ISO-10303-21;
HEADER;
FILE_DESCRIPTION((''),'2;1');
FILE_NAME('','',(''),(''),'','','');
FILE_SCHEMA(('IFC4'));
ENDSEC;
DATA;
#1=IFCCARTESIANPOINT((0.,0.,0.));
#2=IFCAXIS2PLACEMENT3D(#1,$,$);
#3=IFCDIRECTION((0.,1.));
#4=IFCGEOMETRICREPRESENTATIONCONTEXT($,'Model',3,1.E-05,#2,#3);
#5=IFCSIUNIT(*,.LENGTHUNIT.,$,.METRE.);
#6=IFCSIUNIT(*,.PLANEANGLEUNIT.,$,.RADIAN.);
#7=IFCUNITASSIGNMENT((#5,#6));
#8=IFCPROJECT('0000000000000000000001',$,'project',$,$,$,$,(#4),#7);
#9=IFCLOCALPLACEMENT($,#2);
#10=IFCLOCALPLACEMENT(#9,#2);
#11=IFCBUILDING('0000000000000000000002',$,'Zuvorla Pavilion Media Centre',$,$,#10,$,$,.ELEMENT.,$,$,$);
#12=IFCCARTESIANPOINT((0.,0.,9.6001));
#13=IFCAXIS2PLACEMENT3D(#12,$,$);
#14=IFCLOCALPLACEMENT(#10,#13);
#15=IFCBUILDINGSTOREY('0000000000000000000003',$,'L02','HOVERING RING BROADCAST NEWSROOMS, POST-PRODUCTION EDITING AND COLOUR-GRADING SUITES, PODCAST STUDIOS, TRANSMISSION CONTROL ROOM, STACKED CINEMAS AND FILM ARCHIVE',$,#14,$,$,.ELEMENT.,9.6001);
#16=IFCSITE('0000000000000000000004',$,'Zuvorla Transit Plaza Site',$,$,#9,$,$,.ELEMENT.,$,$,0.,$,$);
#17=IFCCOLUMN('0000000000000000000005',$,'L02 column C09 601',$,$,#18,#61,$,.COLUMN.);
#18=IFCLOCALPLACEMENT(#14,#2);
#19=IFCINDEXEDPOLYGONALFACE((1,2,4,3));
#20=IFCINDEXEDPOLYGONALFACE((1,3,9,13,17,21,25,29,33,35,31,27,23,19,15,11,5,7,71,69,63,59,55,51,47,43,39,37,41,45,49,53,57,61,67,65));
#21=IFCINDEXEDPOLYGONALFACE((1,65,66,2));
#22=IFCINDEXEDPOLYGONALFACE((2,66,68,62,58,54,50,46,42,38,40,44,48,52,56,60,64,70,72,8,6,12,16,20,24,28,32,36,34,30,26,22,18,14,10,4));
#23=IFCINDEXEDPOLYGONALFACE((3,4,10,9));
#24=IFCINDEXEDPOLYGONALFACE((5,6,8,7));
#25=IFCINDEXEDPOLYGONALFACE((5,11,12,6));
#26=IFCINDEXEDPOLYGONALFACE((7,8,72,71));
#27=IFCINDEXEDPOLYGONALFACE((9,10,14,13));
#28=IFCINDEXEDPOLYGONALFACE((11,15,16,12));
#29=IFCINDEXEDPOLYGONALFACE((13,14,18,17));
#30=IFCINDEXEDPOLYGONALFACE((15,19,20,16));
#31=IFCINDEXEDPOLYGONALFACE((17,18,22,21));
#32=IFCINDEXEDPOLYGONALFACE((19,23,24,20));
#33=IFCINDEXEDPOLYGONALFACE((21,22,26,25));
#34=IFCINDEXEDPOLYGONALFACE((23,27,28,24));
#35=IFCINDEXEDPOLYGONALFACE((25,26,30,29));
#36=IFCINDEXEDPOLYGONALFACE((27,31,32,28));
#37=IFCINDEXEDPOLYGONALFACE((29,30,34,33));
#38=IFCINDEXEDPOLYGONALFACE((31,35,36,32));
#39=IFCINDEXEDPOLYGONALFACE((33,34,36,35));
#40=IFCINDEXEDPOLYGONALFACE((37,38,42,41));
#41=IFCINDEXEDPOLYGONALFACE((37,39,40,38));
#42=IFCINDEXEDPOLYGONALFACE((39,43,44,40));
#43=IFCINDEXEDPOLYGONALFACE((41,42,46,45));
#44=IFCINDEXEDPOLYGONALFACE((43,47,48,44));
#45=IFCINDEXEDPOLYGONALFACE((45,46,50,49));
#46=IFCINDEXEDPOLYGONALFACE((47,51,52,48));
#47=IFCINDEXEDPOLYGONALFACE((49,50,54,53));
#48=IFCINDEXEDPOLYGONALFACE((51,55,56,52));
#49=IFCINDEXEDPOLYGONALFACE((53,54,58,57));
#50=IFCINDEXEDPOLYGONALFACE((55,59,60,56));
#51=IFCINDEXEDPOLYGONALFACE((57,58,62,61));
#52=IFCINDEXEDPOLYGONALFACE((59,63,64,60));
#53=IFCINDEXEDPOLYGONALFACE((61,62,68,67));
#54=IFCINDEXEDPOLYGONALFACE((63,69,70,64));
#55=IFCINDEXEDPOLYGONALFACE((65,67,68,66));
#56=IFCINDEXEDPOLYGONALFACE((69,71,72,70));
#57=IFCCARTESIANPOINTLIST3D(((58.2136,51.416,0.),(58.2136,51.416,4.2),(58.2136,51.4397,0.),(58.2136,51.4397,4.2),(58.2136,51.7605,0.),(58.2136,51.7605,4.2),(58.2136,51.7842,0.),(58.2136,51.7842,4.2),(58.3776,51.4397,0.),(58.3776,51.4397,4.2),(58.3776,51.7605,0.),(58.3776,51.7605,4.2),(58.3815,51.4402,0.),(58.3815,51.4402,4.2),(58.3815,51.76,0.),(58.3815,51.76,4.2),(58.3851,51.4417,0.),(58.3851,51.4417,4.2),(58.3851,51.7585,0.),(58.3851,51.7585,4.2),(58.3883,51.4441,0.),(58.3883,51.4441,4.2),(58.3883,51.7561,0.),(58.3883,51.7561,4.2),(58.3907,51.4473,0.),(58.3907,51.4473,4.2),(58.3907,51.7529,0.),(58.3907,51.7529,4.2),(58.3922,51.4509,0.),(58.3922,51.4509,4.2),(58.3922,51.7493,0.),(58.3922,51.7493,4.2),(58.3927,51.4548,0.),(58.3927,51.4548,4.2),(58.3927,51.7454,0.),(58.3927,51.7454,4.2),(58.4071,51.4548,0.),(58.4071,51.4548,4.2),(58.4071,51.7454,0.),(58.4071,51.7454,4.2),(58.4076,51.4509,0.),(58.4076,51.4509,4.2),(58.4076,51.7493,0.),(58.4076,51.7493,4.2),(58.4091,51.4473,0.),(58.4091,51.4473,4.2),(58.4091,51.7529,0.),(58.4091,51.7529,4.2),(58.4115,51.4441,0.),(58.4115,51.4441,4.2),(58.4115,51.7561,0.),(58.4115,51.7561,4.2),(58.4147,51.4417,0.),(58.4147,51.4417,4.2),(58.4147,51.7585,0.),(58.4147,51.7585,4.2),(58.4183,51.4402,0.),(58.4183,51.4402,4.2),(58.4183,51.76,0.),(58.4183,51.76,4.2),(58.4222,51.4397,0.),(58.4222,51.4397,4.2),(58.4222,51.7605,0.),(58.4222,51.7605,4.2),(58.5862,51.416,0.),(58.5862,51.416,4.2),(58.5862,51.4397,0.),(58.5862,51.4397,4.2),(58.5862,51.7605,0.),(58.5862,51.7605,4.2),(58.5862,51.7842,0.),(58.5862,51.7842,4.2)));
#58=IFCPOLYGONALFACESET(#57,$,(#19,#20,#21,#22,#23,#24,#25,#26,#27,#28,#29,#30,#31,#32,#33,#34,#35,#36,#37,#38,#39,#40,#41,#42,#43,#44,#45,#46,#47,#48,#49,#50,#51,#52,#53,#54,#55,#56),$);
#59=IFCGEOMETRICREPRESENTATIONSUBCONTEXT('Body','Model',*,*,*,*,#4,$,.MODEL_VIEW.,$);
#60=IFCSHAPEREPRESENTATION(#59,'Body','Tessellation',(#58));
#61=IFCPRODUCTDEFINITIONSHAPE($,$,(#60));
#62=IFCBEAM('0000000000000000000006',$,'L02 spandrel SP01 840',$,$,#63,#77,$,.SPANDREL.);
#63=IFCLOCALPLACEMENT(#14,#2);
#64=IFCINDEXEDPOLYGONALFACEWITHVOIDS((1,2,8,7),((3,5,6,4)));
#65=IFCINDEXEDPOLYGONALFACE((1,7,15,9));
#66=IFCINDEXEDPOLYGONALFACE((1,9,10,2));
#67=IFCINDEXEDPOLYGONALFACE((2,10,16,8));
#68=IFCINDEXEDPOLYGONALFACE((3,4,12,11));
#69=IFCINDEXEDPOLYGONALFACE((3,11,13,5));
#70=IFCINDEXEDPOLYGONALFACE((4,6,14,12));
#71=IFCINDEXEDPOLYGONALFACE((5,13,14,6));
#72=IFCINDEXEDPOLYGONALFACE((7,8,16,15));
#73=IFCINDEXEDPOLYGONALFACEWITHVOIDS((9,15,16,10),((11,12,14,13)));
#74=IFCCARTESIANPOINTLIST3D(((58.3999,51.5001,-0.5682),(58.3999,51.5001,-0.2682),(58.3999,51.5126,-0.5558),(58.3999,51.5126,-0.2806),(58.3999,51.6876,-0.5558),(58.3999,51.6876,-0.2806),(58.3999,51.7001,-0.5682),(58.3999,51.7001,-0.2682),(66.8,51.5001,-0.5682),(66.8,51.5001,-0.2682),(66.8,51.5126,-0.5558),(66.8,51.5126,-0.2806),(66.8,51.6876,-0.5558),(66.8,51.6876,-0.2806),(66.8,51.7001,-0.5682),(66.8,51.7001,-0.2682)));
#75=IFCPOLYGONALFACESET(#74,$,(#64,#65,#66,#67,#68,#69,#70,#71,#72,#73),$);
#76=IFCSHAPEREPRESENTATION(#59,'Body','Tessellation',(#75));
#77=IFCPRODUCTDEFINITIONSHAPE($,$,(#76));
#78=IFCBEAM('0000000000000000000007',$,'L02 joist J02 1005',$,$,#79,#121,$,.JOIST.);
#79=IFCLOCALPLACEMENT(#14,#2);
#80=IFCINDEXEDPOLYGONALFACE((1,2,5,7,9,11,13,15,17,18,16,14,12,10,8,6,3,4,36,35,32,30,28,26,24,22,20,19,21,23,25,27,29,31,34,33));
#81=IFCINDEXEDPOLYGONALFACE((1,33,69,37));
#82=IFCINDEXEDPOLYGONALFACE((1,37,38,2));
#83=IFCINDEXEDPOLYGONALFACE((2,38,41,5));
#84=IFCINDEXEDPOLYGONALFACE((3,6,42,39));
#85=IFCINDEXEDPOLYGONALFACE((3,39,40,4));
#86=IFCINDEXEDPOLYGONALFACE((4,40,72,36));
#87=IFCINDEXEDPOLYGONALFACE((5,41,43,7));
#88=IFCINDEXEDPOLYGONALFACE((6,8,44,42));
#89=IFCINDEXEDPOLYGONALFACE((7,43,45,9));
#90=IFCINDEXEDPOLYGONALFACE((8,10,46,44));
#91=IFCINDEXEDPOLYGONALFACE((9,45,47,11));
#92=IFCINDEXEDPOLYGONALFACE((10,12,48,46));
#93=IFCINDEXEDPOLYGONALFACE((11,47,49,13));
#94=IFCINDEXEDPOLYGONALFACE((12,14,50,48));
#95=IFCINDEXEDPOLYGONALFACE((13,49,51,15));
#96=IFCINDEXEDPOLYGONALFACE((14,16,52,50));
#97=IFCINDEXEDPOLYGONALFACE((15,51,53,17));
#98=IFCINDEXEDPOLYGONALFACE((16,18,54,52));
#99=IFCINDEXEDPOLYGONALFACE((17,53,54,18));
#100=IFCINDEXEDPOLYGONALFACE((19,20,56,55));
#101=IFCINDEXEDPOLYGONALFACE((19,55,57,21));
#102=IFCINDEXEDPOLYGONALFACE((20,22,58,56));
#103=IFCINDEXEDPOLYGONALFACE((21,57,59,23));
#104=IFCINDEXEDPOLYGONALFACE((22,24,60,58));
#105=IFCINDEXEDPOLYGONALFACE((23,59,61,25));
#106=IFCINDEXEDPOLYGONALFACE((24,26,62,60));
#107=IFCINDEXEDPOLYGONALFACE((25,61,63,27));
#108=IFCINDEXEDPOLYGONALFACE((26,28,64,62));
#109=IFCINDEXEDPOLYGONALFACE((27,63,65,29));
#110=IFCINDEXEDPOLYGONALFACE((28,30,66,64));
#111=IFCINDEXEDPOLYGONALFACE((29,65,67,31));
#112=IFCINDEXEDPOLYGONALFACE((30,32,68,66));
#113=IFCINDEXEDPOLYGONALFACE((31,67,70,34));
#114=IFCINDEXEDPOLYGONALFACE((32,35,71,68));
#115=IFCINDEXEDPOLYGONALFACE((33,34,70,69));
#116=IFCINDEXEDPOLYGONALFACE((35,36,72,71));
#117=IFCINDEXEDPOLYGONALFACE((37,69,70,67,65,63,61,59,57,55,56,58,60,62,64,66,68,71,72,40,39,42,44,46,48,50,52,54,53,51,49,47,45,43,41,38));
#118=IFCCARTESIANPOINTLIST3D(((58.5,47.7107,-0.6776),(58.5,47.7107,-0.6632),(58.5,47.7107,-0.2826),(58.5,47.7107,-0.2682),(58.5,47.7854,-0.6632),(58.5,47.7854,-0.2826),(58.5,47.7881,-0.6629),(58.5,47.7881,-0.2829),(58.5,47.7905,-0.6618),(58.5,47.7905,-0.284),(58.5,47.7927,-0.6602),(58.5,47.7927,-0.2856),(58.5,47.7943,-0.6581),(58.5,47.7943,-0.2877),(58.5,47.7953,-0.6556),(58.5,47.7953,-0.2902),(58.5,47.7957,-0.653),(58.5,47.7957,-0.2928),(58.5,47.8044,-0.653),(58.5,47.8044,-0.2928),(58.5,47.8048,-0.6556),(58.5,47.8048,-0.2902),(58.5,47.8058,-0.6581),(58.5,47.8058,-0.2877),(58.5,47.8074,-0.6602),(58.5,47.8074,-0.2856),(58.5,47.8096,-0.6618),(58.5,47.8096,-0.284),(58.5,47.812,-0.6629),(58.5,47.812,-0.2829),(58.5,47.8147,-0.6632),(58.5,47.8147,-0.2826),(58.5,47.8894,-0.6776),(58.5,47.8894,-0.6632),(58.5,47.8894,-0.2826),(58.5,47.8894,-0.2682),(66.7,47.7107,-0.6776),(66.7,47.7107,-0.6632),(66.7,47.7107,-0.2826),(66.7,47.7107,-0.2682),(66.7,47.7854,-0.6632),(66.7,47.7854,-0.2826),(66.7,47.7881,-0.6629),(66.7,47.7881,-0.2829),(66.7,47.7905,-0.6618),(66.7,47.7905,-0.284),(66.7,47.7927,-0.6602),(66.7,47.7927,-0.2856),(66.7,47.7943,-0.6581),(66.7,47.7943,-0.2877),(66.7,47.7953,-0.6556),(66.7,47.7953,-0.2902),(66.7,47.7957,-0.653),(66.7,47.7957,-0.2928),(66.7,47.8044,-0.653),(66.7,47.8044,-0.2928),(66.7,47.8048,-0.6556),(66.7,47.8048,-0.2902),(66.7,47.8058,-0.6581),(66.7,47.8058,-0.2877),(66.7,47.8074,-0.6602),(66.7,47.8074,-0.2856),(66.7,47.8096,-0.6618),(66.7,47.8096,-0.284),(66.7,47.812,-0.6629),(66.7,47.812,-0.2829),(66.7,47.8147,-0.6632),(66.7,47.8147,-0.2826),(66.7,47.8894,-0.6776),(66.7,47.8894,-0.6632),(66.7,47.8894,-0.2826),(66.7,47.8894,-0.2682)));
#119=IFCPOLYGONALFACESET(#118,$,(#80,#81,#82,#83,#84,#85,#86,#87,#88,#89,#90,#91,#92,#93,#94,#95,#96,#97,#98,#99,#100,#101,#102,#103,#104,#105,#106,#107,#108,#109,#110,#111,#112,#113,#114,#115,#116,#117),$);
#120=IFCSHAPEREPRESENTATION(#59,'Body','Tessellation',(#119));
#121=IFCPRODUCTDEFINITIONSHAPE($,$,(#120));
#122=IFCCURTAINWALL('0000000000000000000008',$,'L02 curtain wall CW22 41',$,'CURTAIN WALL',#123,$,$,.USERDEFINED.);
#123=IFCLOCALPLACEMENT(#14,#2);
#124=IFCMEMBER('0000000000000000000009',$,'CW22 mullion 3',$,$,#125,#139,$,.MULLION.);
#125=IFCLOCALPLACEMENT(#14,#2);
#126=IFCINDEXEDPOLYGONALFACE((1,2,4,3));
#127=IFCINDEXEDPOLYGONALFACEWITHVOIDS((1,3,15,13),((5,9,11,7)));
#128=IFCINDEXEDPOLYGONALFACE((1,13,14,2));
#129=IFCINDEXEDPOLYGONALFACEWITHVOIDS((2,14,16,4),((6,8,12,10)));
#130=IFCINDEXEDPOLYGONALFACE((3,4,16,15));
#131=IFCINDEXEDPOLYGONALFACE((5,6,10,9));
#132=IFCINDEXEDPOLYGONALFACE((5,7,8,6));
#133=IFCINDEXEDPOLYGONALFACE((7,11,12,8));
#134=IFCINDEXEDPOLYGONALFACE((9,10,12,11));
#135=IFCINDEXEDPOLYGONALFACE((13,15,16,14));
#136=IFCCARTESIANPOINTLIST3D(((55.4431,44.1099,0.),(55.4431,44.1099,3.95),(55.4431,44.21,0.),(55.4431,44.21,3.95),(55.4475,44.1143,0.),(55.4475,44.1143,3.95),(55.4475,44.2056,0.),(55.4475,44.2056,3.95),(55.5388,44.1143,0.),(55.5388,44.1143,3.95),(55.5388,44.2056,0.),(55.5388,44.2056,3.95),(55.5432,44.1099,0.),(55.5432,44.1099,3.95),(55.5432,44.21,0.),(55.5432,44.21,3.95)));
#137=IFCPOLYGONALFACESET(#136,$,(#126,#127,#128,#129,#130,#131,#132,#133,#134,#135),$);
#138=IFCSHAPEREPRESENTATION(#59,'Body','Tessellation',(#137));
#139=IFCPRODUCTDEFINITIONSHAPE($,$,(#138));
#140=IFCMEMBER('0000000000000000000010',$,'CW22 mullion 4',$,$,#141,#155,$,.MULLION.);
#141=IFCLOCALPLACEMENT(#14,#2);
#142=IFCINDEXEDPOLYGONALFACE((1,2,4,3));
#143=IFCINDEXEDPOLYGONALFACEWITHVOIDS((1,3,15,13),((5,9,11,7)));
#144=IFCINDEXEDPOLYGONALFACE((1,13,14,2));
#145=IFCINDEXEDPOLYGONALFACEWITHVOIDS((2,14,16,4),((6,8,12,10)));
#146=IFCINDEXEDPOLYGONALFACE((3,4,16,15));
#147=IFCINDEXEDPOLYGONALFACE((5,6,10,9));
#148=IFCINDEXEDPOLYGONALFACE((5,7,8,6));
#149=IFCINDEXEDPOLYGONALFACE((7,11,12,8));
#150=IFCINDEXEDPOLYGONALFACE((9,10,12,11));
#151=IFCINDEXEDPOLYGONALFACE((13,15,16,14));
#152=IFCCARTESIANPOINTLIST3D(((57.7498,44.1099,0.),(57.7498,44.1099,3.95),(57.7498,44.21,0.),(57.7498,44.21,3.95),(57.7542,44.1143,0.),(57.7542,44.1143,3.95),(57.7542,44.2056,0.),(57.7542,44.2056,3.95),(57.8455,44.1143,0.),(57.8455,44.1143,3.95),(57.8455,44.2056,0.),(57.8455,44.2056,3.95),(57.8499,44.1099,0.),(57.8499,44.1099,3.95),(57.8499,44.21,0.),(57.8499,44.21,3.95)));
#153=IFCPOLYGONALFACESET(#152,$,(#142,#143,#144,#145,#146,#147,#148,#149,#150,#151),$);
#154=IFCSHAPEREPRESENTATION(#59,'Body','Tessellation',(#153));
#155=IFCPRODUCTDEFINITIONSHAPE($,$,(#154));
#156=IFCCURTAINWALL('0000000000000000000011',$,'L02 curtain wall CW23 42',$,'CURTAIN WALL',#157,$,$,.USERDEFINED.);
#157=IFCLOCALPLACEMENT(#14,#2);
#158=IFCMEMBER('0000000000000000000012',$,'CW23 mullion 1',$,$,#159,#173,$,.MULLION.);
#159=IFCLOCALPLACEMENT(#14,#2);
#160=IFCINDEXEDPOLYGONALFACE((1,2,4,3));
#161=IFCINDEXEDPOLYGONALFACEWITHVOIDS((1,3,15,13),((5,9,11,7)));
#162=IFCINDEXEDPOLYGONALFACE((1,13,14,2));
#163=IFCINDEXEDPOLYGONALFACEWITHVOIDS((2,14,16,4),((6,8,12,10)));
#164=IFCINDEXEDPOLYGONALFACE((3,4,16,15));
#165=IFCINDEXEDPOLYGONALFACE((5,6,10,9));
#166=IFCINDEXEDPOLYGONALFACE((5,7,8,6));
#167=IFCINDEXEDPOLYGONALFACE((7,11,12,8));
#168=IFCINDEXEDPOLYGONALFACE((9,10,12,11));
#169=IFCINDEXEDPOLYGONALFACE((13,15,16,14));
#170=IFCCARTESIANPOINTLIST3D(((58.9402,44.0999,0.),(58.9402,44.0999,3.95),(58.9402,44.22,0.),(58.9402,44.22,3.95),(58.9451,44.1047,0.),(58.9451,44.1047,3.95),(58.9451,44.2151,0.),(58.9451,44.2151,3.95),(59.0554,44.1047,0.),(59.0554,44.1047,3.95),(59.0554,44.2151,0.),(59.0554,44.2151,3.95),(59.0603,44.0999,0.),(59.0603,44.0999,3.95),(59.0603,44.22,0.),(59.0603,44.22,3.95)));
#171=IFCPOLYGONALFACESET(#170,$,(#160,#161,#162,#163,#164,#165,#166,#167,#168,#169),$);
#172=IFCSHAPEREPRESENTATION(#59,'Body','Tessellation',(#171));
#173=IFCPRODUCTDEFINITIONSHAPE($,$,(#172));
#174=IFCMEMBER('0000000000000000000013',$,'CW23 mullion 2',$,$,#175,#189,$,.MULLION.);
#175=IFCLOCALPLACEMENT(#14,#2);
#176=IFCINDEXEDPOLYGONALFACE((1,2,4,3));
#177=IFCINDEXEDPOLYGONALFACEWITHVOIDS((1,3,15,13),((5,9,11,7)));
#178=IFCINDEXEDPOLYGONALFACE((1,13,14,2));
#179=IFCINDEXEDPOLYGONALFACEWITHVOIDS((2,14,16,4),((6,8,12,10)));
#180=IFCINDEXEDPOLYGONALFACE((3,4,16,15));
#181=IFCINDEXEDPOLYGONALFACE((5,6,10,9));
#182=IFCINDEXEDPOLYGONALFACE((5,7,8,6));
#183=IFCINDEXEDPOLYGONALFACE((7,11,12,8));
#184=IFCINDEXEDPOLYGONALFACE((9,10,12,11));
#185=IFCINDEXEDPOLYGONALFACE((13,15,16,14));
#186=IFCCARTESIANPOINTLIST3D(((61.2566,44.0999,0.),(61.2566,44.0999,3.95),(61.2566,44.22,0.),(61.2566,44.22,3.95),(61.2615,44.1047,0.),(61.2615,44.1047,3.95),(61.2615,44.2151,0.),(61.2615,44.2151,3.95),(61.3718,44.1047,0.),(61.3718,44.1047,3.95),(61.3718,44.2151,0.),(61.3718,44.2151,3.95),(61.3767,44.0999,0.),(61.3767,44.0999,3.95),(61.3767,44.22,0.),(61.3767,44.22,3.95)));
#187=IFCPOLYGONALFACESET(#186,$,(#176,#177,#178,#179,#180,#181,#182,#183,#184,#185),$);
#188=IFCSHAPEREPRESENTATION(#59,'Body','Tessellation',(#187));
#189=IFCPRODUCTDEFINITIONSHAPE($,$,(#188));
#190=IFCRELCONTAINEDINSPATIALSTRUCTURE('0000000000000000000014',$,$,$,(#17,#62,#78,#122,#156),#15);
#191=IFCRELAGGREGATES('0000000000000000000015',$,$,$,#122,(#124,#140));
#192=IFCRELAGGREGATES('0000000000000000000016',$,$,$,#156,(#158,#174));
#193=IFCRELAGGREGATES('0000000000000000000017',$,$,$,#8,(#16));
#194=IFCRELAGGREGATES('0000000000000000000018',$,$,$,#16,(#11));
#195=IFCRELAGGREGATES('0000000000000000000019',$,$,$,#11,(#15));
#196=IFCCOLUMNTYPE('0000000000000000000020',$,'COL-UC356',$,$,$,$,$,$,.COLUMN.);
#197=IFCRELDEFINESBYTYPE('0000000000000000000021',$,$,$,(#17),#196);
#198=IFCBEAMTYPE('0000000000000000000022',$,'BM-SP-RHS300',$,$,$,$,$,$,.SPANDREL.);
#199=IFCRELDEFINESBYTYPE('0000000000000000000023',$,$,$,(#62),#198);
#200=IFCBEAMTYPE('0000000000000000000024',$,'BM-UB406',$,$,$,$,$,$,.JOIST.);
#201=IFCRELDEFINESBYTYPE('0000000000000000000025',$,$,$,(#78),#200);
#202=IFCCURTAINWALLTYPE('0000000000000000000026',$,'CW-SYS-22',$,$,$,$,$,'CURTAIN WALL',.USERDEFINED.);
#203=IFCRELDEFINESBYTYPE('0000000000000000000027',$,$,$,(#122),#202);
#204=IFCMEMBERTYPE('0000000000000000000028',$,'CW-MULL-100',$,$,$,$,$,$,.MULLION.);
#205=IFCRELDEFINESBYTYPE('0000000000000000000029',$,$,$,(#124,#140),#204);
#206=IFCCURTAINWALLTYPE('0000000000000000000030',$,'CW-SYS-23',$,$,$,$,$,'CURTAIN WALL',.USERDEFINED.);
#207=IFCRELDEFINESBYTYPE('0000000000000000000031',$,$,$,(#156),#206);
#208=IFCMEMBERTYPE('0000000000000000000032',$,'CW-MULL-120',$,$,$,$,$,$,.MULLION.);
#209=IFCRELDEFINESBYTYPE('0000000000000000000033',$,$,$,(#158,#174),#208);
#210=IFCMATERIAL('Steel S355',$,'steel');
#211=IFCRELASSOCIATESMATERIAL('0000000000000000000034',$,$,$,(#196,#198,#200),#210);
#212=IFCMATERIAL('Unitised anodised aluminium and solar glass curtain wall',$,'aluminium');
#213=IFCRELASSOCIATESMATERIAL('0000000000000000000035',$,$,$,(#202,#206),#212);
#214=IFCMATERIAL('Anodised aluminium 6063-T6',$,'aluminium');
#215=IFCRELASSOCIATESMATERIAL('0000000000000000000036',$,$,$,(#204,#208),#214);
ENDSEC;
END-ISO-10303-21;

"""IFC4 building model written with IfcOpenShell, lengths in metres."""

from ifc_helpers import new_model, si_unit, direction, frame, origin, origin_2d, place, context, subcontext, project, spatial, hollow_rectangle, i_section, extrude, material, material_profile, profile_set, type_object, element, aggregate, save


model = new_model("IFC4")

# Units and contexts
model_context = context("Model", 3, precision=1e-05, world=origin(), true_north=direction((0.0, 1.0)))
body_context = subcontext(model_context, "Body", "Model", "MODEL_VIEW")
ifc_project = project(units=[si_unit("LENGTHUNIT", "METRE"), si_unit("PLANEANGLEUNIT", "RADIAN")], contexts=[model_context])

# Site, building, storey
site_placement = place(None, origin())
site = spatial("IfcSite", under=ifc_project, at=site_placement, Name="Zuvorla Transit Plaza Site", CompositionType="ELEMENT", RefElevation=0.0)
building_placement = place(site_placement, origin())
building = spatial("IfcBuilding", under=site, at=building_placement, Name="Zuvorla Pavilion Media Centre", CompositionType="ELEMENT")
storey_placement = place(building_placement, frame((0.0, 0.0, 9.6001)))
storey = spatial("IfcBuildingStorey", under=building, at=storey_placement, Name="L02", Description="HOVERING RING BROADCAST NEWSROOMS, POST-PRODUCTION EDITING AND COLOUR-GRADING SUITES, PODCAST STUDIOS, TRANSMISSION CONTROL ROOM, STACKED CINEMAS AND FILM ARCHIVE", CompositionType="ELEMENT", Elevation=9.6001)

# Column
ifc_material_1 = material(Name="Steel S355", Category="steel")
ifc_material_profile_1 = material_profile(ifc_material_1, i_section(OverallWidth=0.3726, OverallDepth=0.3682, WebThickness=0.0144, FlangeThickness=0.0237, FilletRadius=0.0151, at=origin_2d()), Name="UC 356x368x177")
ifc_profile_set_1 = profile_set([ifc_material_profile_1], Name="Steel S355")
column_type = type_object("IfcColumnType", Name="COL-UC356", PredefinedType="COLUMN", material=ifc_profile_set_1)
column_placement = place(storey_placement, frame((58.3999, 51.6001, 0.0), z_axis=(0.0, 0.0, 1.0), x_axis=(1.0, 0.0, 0.0)))
element("IfcColumn", 1, at=column_placement, inside=storey, type_object=column_type, Name="L02 column C09 601", PredefinedType="COLUMN", context=body_context, shape_type="SweptSolid", body=[
    extrude(i_section(OverallWidth=0.3726, OverallDepth=0.3682, WebThickness=0.0144, FlangeThickness=0.0237, FilletRadius=0.0151, at=origin_2d()), origin(), (0.0, 0.0, 1.0), 4.2),
])

# Beams
ifc_material_profile_2 = material_profile(ifc_material_1, hollow_rectangle(XDim=0.2, YDim=0.3, WallThickness=0.0125, at=origin_2d()), Name="RHS 300x200x12.5")
ifc_profile_set_2 = profile_set([ifc_material_profile_2], Name="Steel S355")
beam_type_1 = type_object("IfcBeamType", Name="BM-SP-RHS300", PredefinedType="SPANDREL", material=ifc_profile_set_2)
beam_1_placement = place(storey_placement, frame((58.3999, 51.6001, -0.4182), z_axis=(1.0, 0.0, 0.0), x_axis=(0.0, 1.0, 0.0)))
element("IfcBeam", 2, at=beam_1_placement, inside=storey, type_object=beam_type_1, Name="L02 spandrel SP01 840", PredefinedType="SPANDREL", context=body_context, shape_type="SweptSolid", body=[
    extrude(hollow_rectangle(XDim=0.2, YDim=0.3, WallThickness=0.0125, at=origin_2d()), origin(), (0.0, 0.0, 1.0), 8.4001),
])
ifc_material_profile_3 = material_profile(ifc_material_1, i_section(OverallWidth=0.1787, OverallDepth=0.4094, WebThickness=0.0088, FlangeThickness=0.0144, FilletRadius=0.0103, at=origin_2d()), Name="UB 406x178x67")
ifc_profile_set_3 = profile_set([ifc_material_profile_3], Name="Steel S355")
beam_type_2 = type_object("IfcBeamType", Name="BM-UB406", PredefinedType="JOIST", material=ifc_profile_set_3)
beam_2_placement = place(storey_placement, frame((58.5, 47.8, -0.4729), z_axis=(1.0, 0.0, 0.0), x_axis=(0.0, 1.0, 0.0)))
element("IfcBeam", 3, at=beam_2_placement, inside=storey, type_object=beam_type_2, Name="L02 joist J02 1005", PredefinedType="JOIST", context=body_context, shape_type="SweptSolid", body=[
    extrude(i_section(OverallWidth=0.1787, OverallDepth=0.4094, WebThickness=0.0088, FlangeThickness=0.0144, FilletRadius=0.0103, at=origin_2d()), origin(), (0.0, 0.0, 1.0), 8.2),
])

# Curtain walls, members
ifc_material_2 = material(Name="Unitised anodised aluminium and solar glass curtain wall", Category="aluminium")
curtain_wall_type_1 = type_object("IfcCurtainWallType", Name="CW-SYS-22", ElementType="CURTAIN WALL", PredefinedType="USERDEFINED", material=ifc_material_2)
curtain_wall_1_placement = place(storey_placement, origin())
curtain_wall_1 = element("IfcCurtainWall", 4, at=curtain_wall_1_placement, inside=storey, type_object=curtain_wall_type_1, Name="L02 curtain wall CW22 41", ObjectType="CURTAIN WALL", PredefinedType="USERDEFINED")
ifc_material_3 = material(Name="Anodised aluminium 6063-T6", Category="aluminium")
ifc_material_profile_4 = material_profile(ifc_material_3, hollow_rectangle(XDim=0.1001, YDim=0.1001, WallThickness=0.0044, at=origin_2d()), Name="ALU MULL 100x100")
ifc_profile_set_4 = profile_set([ifc_material_profile_4], Name="Anodised aluminium 6063-T6")
member_type_1 = type_object("IfcMemberType", Name="CW-MULL-100", PredefinedType="MULLION", material=ifc_profile_set_4)
member_1_placement = place(storey_placement, frame((55.4932, 44.1599, 0.0), z_axis=(0.0, 0.0, 1.0), x_axis=(1.0, 0.0, 0.0)))
member_1 = element("IfcMember", 5, at=member_1_placement, type_object=member_type_1, Name="CW22 mullion 3", PredefinedType="MULLION", context=body_context, shape_type="SweptSolid", body=[
    extrude(hollow_rectangle(XDim=0.1001, YDim=0.1001, WallThickness=0.0044, at=origin_2d()), origin(), (0.0, 0.0, 1.0), 3.95),
])
member_2_placement = place(storey_placement, frame((57.7998, 44.1599, 0.0), z_axis=(0.0, 0.0, 1.0), x_axis=(1.0, 0.0, 0.0)))
member_2 = element("IfcMember", 6, at=member_2_placement, type_object=member_type_1, Name="CW22 mullion 4", PredefinedType="MULLION", context=body_context, shape_type="SweptSolid", body=[
    extrude(hollow_rectangle(XDim=0.1001, YDim=0.1001, WallThickness=0.0044, at=origin_2d()), origin(), (0.0, 0.0, 1.0), 3.95),
])
curtain_wall_type_2 = type_object("IfcCurtainWallType", Name="CW-SYS-23", ElementType="CURTAIN WALL", PredefinedType="USERDEFINED", material=ifc_material_2)
curtain_wall_2_placement = place(storey_placement, origin())
curtain_wall_2 = element("IfcCurtainWall", 7, at=curtain_wall_2_placement, inside=storey, type_object=curtain_wall_type_2, Name="L02 curtain wall CW23 42", ObjectType="CURTAIN WALL", PredefinedType="USERDEFINED")
ifc_material_profile_5 = material_profile(ifc_material_3, hollow_rectangle(XDim=0.1201, YDim=0.1201, WallThickness=0.0049, at=origin_2d()), Name="ALU MULL 120x120")
ifc_profile_set_5 = profile_set([ifc_material_profile_5], Name="Anodised aluminium 6063-T6")
member_type_2 = type_object("IfcMemberType", Name="CW-MULL-120", PredefinedType="MULLION", material=ifc_profile_set_5)
member_3_placement = place(storey_placement, frame((59.0002, 44.1599, 0.0), z_axis=(0.0, 0.0, 1.0), x_axis=(1.0, 0.0, 0.0)))
member_3 = element("IfcMember", 8, at=member_3_placement, type_object=member_type_2, Name="CW23 mullion 1", PredefinedType="MULLION", context=body_context, shape_type="SweptSolid", body=[
    extrude(hollow_rectangle(XDim=0.1201, YDim=0.1201, WallThickness=0.0049, at=origin_2d()), origin(), (0.0, 0.0, 1.0), 3.95),
])
member_4_placement = place(storey_placement, frame((61.3167, 44.1599, 0.0), z_axis=(0.0, 0.0, 1.0), x_axis=(1.0, 0.0, 0.0)))
member_4 = element("IfcMember", 9, at=member_4_placement, type_object=member_type_2, Name="CW23 mullion 2", PredefinedType="MULLION", context=body_context, shape_type="SweptSolid", body=[
    extrude(hollow_rectangle(XDim=0.1201, YDim=0.1201, WallThickness=0.0049, at=origin_2d()), origin(), (0.0, 0.0, 1.0), 3.95),
])

aggregate(curtain_wall_1, [member_1, member_2])
aggregate(curtain_wall_2, [member_3, member_4])

save(model, "model.ifc")
